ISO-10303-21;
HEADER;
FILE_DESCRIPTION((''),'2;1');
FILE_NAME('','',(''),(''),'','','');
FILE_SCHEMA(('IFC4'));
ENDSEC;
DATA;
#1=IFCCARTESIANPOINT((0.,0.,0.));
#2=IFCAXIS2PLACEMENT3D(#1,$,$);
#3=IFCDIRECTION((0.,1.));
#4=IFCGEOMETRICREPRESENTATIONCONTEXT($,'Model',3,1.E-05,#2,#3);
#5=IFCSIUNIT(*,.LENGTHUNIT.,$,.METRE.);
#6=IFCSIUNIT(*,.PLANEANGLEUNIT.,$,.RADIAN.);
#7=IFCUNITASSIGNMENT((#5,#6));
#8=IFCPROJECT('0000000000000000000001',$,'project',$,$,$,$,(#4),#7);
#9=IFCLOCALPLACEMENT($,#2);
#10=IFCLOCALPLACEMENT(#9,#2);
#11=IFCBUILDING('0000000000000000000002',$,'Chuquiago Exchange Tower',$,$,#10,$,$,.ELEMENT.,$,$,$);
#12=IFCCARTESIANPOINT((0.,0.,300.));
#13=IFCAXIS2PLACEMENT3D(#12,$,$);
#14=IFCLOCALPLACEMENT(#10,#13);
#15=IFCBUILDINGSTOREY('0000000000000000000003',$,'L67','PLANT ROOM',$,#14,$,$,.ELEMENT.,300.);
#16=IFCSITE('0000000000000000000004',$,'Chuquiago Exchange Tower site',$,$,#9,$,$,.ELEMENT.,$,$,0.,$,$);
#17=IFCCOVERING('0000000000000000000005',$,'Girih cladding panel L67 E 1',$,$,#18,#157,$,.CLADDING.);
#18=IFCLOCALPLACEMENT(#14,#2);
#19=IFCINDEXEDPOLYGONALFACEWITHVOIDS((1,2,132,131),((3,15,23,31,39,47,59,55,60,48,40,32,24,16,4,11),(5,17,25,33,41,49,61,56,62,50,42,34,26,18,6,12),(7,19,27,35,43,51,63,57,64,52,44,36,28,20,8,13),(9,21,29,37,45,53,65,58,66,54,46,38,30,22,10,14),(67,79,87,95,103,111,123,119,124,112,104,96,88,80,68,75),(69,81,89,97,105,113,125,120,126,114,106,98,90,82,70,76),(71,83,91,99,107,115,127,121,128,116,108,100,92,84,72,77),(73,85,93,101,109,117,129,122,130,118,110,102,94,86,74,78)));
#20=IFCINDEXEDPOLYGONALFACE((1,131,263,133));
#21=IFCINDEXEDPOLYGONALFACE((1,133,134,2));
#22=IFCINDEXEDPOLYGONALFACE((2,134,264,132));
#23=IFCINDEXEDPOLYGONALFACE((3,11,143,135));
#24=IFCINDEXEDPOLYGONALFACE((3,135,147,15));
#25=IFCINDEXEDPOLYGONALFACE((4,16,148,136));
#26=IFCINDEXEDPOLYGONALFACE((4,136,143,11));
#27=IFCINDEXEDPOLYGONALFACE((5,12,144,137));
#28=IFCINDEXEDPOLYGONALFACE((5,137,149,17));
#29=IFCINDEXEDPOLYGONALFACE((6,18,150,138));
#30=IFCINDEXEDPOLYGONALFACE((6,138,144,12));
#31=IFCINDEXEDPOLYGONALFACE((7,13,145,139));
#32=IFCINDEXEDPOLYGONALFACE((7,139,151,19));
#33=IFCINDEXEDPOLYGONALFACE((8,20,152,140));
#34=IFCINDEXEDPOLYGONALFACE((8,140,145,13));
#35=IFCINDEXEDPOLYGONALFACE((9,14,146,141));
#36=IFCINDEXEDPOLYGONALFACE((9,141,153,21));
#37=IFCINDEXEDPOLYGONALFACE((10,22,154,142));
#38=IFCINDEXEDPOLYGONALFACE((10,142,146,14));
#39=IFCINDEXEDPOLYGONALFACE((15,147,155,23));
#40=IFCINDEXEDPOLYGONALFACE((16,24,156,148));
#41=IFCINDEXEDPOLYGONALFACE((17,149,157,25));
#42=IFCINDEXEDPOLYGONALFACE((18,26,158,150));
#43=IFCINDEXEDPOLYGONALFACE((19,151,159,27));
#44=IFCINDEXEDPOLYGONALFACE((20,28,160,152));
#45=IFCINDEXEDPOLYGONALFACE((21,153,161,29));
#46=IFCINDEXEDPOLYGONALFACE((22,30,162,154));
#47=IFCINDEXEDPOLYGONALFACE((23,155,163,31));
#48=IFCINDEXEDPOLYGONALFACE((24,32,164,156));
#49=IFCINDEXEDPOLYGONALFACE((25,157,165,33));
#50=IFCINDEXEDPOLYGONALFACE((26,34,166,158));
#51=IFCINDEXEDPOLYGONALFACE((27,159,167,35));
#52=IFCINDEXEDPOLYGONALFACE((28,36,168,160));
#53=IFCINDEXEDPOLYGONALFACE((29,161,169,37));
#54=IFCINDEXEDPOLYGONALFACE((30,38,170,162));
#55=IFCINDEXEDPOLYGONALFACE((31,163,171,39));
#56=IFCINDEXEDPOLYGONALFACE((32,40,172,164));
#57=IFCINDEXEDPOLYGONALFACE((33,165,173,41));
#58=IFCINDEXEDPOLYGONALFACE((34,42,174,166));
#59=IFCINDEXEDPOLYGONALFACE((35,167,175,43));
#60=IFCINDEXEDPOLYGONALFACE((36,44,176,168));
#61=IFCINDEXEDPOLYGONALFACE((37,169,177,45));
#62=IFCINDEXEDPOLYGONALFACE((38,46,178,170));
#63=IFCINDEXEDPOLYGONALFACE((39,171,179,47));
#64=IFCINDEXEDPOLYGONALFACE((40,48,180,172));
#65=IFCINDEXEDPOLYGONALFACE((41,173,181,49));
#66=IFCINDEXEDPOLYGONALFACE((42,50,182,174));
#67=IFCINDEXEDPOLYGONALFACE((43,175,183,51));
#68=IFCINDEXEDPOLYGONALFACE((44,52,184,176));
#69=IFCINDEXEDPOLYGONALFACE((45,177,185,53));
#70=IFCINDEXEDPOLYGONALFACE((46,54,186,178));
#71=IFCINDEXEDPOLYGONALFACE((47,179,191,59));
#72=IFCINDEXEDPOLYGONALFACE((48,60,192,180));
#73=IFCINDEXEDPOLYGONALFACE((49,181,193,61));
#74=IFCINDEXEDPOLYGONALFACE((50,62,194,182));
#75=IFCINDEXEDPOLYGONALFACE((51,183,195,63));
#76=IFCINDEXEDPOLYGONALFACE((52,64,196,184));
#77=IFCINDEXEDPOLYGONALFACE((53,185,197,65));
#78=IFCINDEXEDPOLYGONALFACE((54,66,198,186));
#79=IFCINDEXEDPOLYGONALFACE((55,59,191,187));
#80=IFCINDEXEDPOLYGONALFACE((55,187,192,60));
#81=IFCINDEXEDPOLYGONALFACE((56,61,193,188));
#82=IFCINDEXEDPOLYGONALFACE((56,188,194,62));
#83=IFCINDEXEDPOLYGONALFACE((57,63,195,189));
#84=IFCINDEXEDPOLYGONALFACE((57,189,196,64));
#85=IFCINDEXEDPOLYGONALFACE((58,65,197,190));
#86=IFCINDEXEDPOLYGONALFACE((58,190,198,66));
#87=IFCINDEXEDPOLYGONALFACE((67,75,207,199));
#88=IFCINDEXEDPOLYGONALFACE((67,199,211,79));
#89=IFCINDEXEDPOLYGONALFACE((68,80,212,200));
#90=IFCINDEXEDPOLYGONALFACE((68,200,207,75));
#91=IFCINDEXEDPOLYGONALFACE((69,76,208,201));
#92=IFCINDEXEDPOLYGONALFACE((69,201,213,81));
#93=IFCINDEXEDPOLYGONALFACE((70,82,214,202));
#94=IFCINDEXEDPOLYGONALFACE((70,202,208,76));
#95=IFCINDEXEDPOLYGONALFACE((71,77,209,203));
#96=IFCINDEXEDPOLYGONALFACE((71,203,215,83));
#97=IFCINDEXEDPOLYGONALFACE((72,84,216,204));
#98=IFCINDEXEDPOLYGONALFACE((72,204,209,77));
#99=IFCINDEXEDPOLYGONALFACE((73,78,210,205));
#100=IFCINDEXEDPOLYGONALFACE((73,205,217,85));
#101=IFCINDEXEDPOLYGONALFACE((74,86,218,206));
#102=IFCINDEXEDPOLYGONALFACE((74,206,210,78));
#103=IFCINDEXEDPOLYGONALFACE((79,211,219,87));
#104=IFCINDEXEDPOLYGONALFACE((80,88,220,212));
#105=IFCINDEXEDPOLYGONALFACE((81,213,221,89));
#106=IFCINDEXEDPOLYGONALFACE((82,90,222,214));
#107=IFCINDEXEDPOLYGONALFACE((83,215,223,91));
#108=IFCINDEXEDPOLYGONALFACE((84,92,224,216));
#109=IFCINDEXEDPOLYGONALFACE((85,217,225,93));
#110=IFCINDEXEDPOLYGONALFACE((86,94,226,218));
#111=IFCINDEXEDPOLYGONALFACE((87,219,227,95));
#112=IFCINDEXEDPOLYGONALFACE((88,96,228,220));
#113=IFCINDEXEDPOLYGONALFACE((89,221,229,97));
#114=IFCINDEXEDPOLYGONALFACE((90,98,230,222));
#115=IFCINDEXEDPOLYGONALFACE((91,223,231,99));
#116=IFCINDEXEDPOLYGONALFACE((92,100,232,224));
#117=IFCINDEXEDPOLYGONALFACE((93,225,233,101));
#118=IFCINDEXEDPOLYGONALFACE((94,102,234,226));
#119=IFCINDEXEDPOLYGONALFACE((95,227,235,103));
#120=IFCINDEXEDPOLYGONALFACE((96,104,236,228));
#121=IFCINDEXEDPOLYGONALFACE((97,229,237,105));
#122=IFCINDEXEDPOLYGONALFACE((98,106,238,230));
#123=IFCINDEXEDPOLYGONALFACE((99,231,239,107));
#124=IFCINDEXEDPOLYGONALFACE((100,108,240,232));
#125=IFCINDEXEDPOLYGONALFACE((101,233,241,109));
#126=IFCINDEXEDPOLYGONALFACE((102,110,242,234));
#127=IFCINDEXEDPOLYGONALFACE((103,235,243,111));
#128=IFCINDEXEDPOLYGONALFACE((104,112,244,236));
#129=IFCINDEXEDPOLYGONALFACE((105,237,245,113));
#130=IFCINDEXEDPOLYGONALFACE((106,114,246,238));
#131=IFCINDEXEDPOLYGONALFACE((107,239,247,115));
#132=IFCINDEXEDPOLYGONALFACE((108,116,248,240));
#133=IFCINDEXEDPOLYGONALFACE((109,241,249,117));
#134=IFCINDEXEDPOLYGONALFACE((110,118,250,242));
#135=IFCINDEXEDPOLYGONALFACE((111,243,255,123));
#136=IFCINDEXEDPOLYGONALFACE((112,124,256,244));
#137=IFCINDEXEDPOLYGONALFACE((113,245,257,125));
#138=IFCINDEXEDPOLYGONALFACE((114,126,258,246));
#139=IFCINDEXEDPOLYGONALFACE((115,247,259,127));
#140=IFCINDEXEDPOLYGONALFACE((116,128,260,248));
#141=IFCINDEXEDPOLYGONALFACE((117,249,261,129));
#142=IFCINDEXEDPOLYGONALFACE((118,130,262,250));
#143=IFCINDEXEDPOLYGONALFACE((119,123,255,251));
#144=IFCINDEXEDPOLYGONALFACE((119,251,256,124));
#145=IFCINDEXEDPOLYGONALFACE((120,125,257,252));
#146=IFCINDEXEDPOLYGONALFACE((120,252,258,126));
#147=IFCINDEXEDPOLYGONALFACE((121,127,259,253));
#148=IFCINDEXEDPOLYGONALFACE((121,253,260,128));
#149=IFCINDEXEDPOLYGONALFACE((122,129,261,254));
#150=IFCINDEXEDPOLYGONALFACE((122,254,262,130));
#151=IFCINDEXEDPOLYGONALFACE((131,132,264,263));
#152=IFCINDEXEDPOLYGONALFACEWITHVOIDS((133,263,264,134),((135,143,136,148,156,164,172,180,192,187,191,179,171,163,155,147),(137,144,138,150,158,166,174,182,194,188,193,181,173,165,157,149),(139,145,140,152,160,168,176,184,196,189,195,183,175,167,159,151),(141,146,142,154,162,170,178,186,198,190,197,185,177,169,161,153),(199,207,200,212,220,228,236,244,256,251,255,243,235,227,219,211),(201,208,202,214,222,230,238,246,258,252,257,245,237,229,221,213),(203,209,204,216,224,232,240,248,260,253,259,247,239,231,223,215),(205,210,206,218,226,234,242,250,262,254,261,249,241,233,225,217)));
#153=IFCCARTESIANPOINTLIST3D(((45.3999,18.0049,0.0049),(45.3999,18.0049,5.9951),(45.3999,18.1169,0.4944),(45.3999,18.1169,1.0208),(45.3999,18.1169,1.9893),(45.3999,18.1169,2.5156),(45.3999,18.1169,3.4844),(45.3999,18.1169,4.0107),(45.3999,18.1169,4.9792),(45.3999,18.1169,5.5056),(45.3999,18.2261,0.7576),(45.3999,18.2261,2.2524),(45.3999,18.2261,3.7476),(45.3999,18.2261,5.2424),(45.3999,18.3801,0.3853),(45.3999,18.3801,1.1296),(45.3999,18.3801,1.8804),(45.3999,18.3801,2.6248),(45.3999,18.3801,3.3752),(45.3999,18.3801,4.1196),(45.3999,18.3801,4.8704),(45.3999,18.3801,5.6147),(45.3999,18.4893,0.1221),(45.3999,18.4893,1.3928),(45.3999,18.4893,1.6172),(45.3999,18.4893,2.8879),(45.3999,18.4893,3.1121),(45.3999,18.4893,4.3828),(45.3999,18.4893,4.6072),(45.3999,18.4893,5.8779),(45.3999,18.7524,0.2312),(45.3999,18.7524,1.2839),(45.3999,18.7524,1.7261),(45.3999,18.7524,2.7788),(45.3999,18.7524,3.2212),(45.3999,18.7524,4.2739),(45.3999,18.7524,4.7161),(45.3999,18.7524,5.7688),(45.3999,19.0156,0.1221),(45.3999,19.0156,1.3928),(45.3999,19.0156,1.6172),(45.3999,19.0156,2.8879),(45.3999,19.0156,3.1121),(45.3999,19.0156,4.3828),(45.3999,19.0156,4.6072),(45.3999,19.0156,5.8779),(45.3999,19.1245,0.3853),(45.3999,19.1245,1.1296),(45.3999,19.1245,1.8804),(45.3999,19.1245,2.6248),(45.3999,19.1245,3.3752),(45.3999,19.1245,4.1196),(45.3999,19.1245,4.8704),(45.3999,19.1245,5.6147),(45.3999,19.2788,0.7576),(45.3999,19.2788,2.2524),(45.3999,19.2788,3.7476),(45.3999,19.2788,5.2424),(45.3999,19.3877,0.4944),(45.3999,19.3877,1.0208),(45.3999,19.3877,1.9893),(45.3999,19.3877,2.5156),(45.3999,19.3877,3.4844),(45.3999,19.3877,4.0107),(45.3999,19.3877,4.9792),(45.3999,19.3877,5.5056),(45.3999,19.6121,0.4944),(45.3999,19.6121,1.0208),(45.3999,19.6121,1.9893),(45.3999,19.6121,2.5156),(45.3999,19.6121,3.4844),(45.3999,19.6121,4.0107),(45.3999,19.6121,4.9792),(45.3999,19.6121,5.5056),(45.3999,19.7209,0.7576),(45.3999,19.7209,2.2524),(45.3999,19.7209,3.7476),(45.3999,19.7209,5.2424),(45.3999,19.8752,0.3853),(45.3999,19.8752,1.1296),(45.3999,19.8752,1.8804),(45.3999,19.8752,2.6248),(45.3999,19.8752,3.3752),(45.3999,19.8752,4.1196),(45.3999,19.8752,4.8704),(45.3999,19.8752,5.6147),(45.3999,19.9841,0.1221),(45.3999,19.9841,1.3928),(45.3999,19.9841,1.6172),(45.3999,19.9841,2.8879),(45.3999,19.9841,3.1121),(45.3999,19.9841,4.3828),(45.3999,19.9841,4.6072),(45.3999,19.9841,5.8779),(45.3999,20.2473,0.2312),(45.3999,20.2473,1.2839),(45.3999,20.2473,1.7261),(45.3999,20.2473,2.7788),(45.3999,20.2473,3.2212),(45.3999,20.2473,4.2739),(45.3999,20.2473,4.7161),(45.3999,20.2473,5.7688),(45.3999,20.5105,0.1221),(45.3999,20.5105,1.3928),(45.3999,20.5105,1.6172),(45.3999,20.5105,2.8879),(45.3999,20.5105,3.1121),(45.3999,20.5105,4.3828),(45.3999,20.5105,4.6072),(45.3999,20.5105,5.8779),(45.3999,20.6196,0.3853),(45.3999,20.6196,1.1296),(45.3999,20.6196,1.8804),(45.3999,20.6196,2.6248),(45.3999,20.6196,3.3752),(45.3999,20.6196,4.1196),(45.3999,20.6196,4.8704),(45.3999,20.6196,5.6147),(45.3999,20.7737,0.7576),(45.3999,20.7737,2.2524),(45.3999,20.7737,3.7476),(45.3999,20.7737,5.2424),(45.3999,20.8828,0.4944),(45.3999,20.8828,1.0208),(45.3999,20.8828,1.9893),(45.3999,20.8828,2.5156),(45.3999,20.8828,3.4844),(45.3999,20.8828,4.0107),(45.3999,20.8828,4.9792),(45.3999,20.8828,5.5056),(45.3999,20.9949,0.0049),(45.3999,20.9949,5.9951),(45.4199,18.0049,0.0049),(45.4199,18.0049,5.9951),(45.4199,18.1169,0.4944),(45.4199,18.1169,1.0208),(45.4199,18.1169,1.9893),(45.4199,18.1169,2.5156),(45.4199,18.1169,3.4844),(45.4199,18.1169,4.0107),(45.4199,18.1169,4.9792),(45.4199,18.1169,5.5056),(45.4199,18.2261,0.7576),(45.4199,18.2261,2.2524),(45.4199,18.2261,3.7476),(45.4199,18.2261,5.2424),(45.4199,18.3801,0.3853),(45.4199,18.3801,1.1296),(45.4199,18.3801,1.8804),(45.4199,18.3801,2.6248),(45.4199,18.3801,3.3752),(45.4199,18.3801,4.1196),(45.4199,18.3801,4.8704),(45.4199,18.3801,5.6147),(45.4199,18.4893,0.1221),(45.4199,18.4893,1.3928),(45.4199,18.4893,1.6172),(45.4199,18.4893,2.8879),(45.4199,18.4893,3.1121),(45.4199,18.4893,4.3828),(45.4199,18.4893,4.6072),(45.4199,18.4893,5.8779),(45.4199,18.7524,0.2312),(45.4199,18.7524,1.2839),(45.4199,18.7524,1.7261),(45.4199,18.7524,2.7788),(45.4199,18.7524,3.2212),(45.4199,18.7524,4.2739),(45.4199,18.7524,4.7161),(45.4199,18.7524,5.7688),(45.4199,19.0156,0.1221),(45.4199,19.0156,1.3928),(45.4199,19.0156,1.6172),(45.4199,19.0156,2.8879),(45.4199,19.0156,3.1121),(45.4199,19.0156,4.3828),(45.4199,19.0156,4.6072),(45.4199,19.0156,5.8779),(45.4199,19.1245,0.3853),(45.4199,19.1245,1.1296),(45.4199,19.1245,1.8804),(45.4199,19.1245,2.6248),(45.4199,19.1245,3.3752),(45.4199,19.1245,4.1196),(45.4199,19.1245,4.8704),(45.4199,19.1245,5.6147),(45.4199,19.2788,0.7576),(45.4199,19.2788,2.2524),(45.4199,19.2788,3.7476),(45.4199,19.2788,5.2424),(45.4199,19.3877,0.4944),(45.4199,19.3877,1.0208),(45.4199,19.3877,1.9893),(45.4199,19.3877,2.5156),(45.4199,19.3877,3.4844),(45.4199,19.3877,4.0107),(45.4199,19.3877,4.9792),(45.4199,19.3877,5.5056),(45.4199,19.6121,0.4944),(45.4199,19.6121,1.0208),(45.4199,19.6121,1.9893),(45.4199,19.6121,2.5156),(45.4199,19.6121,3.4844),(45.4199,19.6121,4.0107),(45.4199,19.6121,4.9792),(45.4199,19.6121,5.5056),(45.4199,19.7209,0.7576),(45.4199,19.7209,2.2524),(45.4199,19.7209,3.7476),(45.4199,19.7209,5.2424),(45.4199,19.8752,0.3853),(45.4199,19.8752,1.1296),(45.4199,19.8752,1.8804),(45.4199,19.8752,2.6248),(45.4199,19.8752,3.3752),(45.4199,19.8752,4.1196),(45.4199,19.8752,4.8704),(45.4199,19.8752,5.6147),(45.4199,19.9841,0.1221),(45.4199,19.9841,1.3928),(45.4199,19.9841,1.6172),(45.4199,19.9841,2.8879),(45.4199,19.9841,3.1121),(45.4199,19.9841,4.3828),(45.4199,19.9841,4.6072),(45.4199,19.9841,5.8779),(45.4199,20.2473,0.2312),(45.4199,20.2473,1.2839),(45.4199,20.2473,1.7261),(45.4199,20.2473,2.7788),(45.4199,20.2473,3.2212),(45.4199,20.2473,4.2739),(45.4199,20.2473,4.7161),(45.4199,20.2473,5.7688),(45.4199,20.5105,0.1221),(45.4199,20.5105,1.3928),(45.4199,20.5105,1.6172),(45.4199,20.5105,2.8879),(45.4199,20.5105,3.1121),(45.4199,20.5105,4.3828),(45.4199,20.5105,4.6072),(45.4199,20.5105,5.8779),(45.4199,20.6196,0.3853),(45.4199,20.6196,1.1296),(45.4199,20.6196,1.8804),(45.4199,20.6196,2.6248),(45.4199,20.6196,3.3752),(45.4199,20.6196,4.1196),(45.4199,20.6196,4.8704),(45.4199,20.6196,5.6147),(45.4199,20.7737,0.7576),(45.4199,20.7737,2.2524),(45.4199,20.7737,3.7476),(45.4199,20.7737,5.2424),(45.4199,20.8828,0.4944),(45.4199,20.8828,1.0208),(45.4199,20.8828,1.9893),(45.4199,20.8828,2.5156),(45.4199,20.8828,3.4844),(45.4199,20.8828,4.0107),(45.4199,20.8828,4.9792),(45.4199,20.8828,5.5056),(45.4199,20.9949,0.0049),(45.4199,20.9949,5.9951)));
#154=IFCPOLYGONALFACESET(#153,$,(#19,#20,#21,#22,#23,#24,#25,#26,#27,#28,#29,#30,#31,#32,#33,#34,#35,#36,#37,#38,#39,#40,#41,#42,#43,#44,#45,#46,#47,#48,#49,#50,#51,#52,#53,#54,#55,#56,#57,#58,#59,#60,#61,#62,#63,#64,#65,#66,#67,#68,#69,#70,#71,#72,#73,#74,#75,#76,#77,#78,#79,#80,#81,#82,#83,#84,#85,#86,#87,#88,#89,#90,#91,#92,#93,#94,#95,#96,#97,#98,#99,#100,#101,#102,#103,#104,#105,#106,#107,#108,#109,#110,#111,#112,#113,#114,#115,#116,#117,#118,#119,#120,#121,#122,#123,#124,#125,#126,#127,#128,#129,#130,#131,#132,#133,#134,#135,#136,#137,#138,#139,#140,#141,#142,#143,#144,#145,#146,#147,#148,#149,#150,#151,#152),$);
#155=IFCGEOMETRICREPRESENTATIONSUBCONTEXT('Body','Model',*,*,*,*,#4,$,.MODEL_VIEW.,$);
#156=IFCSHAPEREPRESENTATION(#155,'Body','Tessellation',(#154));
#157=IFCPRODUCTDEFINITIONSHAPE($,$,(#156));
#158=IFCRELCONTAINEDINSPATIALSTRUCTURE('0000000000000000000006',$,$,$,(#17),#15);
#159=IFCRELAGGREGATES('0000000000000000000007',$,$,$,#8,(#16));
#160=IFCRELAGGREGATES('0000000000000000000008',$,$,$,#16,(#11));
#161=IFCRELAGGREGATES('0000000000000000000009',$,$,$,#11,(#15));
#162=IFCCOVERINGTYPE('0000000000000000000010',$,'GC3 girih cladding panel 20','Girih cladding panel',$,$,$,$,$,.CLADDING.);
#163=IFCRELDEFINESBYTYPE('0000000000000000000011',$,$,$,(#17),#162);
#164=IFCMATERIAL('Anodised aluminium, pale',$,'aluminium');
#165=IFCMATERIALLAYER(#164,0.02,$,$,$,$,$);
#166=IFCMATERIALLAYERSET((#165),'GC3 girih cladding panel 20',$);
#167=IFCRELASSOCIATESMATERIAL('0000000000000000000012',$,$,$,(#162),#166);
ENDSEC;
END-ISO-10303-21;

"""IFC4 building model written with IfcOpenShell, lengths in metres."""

from ifc_helpers import new_model, si_unit, direction, frame, origin, place, context, subcontext, project, spatial, polyline, outline, extrude, material, layer, layer_set, type_object, element, save


model = new_model("IFC4")

# Units and contexts
model_context = context("Model", 3, precision=1e-05, world=origin(), true_north=direction((0.0, 1.0)))
body_context = subcontext(model_context, "Body", "Model", "MODEL_VIEW")
ifc_project = project(units=[si_unit("LENGTHUNIT", "METRE"), si_unit("PLANEANGLEUNIT", "RADIAN")], contexts=[model_context])

# Site, building, storey
site_placement = place(None, origin())
site = spatial("IfcSite", under=ifc_project, at=site_placement, Name="Chuquiago Exchange Tower site", CompositionType="ELEMENT", RefElevation=0.0)
building_placement = place(site_placement, origin())
building = spatial("IfcBuilding", under=site, at=building_placement, Name="Chuquiago Exchange Tower", CompositionType="ELEMENT")
storey_placement = place(building_placement, frame((0.0, 0.0, 300.0)))
storey = spatial("IfcBuildingStorey", under=building, at=storey_placement, Name="L67", Description="PLANT ROOM", CompositionType="ELEMENT", Elevation=300.0)

# Covering
ifc_material_1 = material(Name="Anodised aluminium, pale", Category="aluminium")
ifc_layer_1 = layer(ifc_material_1, 0.02)
ifc_layer_set_1 = layer_set([ifc_layer_1], Name="GC3 girih cladding panel 20")
covering_type = type_object("IfcCoveringType", Name="GC3 girih cladding panel 20", Description="Girih cladding panel", PredefinedType="CLADDING", material=ifc_layer_set_1)
covering_1_placement = place(storey_placement, frame((45.3999, 18.0049, 0.0049), z_axis=(0.0, 0.0, 1.0), x_axis=(0.0, 1.0, 0.0)))
element("IfcCovering", 1, at=covering_1_placement, inside=storey, type_object=covering_type, Name="Girih cladding panel L67 E 1", PredefinedType="CLADDING", context=body_context, shape_type="SweptSolid", body=[
    extrude(outline(polyline([(0.0, 0.0), (2.99, 0.0), (2.99, 5.9902), (0.0, 5.9902), (0.0, 0.0)]), holes=[polyline([(1.2739, 0.7527), (1.3828, 1.0159), (1.1196, 1.1248), (1.0107, 1.3879), (0.7476, 1.2791), (0.4844, 1.3879), (0.3752, 1.1248), (0.1121, 1.0159), (0.2212, 0.7527), (0.1121, 0.4895), (0.3752, 0.3804), (0.4844, 0.1172), (0.7476, 0.2263), (1.0107, 0.1172), (1.1196, 0.3804), (1.3828, 0.4895), (1.2739, 0.7527)]), polyline([(2.7688, 0.7527), (2.8779, 1.0159), (2.6147, 1.1248), (2.5056, 1.3879), (2.2424, 1.2791), (1.9792, 1.3879), (1.8704, 1.1248), (1.6072, 1.0159), (1.7161, 0.7527), (1.6072, 0.4895), (1.8704, 0.3804), (1.9792, 0.1172), (2.2424, 0.2263), (2.5056, 0.1172), (2.6147, 0.3804), (2.8779, 0.4895), (2.7688, 0.7527)]), polyline([(1.2739, 2.2476), (1.3828, 2.5107), (1.1196, 2.6199), (1.0107, 2.8831), (0.7476, 2.7739), (0.4844, 2.8831), (0.3752, 2.6199), (0.1121, 2.5107), (0.2212, 2.2476), (0.1121, 1.9844), (0.3752, 1.8755), (0.4844, 1.6123), (0.7476, 1.7212), (1.0107, 1.6123), (1.1196, 1.8755), (1.3828, 1.9844), (1.2739, 2.2476)]), polyline([(2.7688, 2.2476), (2.8779, 2.5107), (2.6147, 2.6199), (2.5056, 2.8831), (2.2424, 2.7739), (1.9792, 2.8831), (1.8704, 2.6199), (1.6072, 2.5107), (1.7161, 2.2476), (1.6072, 1.9844), (1.8704, 1.8755), (1.9792, 1.6123), (2.2424, 1.7212), (2.5056, 1.6123), (2.6147, 1.8755), (2.8779, 1.9844), (2.7688, 2.2476)]), polyline([(1.2739, 3.7427), (1.3828, 4.0059), (1.1196, 4.1147), (1.0107, 4.3779), (0.7476, 4.269), (0.4844, 4.3779), (0.3752, 4.1147), (0.1121, 4.0059), (0.2212, 3.7427), (0.1121, 3.4795), (0.3752, 3.3704), (0.4844, 3.1072), (0.7476, 3.2163), (1.0107, 3.1072), (1.1196, 3.3704), (1.3828, 3.4795), (1.2739, 3.7427)]), polyline([(2.7688, 3.7427), (2.8779, 4.0059), (2.6147, 4.1147), (2.5056, 4.3779), (2.2424, 4.269), (1.9792, 4.3779), (1.8704, 4.1147), (1.6072, 4.0059), (1.7161, 3.7427), (1.6072, 3.4795), (1.8704, 3.3704), (1.9792, 3.1072), (2.2424, 3.2163), (2.5056, 3.1072), (2.6147, 3.3704), (2.8779, 3.4795), (2.7688, 3.7427)]), polyline([(1.2739, 5.2375), (1.3828, 5.5007), (1.1196, 5.6099), (1.0107, 5.873), (0.7476, 5.7639), (0.4844, 5.873), (0.3752, 5.6099), (0.1121, 5.5007), (0.2212, 5.2375), (0.1121, 4.9744), (0.3752, 4.8655), (0.4844, 4.6023), (0.7476, 4.7112), (1.0107, 4.6023), (1.1196, 4.8655), (1.3828, 4.9744), (1.2739, 5.2375)]), polyline([(2.7688, 5.2375), (2.8779, 5.5007), (2.6147, 5.6099), (2.5056, 5.873), (2.2424, 5.7639), (1.9792, 5.873), (1.8704, 5.6099), (1.6072, 5.5007), (1.7161, 5.2375), (1.6072, 4.9744), (1.8704, 4.8655), (1.9792, 4.6023), (2.2424, 4.7112), (2.5056, 4.6023), (2.6147, 4.8655), (2.8779, 4.9744), (2.7688, 5.2375)])]), frame((0.0, 0.0, 0.0), z_axis=(0.0, -1.0, 0.0), x_axis=(1.0, 0.0, 0.0)), (0.0, 0.0, 1.0), 0.02),
])

save(model, "model.ifc")
